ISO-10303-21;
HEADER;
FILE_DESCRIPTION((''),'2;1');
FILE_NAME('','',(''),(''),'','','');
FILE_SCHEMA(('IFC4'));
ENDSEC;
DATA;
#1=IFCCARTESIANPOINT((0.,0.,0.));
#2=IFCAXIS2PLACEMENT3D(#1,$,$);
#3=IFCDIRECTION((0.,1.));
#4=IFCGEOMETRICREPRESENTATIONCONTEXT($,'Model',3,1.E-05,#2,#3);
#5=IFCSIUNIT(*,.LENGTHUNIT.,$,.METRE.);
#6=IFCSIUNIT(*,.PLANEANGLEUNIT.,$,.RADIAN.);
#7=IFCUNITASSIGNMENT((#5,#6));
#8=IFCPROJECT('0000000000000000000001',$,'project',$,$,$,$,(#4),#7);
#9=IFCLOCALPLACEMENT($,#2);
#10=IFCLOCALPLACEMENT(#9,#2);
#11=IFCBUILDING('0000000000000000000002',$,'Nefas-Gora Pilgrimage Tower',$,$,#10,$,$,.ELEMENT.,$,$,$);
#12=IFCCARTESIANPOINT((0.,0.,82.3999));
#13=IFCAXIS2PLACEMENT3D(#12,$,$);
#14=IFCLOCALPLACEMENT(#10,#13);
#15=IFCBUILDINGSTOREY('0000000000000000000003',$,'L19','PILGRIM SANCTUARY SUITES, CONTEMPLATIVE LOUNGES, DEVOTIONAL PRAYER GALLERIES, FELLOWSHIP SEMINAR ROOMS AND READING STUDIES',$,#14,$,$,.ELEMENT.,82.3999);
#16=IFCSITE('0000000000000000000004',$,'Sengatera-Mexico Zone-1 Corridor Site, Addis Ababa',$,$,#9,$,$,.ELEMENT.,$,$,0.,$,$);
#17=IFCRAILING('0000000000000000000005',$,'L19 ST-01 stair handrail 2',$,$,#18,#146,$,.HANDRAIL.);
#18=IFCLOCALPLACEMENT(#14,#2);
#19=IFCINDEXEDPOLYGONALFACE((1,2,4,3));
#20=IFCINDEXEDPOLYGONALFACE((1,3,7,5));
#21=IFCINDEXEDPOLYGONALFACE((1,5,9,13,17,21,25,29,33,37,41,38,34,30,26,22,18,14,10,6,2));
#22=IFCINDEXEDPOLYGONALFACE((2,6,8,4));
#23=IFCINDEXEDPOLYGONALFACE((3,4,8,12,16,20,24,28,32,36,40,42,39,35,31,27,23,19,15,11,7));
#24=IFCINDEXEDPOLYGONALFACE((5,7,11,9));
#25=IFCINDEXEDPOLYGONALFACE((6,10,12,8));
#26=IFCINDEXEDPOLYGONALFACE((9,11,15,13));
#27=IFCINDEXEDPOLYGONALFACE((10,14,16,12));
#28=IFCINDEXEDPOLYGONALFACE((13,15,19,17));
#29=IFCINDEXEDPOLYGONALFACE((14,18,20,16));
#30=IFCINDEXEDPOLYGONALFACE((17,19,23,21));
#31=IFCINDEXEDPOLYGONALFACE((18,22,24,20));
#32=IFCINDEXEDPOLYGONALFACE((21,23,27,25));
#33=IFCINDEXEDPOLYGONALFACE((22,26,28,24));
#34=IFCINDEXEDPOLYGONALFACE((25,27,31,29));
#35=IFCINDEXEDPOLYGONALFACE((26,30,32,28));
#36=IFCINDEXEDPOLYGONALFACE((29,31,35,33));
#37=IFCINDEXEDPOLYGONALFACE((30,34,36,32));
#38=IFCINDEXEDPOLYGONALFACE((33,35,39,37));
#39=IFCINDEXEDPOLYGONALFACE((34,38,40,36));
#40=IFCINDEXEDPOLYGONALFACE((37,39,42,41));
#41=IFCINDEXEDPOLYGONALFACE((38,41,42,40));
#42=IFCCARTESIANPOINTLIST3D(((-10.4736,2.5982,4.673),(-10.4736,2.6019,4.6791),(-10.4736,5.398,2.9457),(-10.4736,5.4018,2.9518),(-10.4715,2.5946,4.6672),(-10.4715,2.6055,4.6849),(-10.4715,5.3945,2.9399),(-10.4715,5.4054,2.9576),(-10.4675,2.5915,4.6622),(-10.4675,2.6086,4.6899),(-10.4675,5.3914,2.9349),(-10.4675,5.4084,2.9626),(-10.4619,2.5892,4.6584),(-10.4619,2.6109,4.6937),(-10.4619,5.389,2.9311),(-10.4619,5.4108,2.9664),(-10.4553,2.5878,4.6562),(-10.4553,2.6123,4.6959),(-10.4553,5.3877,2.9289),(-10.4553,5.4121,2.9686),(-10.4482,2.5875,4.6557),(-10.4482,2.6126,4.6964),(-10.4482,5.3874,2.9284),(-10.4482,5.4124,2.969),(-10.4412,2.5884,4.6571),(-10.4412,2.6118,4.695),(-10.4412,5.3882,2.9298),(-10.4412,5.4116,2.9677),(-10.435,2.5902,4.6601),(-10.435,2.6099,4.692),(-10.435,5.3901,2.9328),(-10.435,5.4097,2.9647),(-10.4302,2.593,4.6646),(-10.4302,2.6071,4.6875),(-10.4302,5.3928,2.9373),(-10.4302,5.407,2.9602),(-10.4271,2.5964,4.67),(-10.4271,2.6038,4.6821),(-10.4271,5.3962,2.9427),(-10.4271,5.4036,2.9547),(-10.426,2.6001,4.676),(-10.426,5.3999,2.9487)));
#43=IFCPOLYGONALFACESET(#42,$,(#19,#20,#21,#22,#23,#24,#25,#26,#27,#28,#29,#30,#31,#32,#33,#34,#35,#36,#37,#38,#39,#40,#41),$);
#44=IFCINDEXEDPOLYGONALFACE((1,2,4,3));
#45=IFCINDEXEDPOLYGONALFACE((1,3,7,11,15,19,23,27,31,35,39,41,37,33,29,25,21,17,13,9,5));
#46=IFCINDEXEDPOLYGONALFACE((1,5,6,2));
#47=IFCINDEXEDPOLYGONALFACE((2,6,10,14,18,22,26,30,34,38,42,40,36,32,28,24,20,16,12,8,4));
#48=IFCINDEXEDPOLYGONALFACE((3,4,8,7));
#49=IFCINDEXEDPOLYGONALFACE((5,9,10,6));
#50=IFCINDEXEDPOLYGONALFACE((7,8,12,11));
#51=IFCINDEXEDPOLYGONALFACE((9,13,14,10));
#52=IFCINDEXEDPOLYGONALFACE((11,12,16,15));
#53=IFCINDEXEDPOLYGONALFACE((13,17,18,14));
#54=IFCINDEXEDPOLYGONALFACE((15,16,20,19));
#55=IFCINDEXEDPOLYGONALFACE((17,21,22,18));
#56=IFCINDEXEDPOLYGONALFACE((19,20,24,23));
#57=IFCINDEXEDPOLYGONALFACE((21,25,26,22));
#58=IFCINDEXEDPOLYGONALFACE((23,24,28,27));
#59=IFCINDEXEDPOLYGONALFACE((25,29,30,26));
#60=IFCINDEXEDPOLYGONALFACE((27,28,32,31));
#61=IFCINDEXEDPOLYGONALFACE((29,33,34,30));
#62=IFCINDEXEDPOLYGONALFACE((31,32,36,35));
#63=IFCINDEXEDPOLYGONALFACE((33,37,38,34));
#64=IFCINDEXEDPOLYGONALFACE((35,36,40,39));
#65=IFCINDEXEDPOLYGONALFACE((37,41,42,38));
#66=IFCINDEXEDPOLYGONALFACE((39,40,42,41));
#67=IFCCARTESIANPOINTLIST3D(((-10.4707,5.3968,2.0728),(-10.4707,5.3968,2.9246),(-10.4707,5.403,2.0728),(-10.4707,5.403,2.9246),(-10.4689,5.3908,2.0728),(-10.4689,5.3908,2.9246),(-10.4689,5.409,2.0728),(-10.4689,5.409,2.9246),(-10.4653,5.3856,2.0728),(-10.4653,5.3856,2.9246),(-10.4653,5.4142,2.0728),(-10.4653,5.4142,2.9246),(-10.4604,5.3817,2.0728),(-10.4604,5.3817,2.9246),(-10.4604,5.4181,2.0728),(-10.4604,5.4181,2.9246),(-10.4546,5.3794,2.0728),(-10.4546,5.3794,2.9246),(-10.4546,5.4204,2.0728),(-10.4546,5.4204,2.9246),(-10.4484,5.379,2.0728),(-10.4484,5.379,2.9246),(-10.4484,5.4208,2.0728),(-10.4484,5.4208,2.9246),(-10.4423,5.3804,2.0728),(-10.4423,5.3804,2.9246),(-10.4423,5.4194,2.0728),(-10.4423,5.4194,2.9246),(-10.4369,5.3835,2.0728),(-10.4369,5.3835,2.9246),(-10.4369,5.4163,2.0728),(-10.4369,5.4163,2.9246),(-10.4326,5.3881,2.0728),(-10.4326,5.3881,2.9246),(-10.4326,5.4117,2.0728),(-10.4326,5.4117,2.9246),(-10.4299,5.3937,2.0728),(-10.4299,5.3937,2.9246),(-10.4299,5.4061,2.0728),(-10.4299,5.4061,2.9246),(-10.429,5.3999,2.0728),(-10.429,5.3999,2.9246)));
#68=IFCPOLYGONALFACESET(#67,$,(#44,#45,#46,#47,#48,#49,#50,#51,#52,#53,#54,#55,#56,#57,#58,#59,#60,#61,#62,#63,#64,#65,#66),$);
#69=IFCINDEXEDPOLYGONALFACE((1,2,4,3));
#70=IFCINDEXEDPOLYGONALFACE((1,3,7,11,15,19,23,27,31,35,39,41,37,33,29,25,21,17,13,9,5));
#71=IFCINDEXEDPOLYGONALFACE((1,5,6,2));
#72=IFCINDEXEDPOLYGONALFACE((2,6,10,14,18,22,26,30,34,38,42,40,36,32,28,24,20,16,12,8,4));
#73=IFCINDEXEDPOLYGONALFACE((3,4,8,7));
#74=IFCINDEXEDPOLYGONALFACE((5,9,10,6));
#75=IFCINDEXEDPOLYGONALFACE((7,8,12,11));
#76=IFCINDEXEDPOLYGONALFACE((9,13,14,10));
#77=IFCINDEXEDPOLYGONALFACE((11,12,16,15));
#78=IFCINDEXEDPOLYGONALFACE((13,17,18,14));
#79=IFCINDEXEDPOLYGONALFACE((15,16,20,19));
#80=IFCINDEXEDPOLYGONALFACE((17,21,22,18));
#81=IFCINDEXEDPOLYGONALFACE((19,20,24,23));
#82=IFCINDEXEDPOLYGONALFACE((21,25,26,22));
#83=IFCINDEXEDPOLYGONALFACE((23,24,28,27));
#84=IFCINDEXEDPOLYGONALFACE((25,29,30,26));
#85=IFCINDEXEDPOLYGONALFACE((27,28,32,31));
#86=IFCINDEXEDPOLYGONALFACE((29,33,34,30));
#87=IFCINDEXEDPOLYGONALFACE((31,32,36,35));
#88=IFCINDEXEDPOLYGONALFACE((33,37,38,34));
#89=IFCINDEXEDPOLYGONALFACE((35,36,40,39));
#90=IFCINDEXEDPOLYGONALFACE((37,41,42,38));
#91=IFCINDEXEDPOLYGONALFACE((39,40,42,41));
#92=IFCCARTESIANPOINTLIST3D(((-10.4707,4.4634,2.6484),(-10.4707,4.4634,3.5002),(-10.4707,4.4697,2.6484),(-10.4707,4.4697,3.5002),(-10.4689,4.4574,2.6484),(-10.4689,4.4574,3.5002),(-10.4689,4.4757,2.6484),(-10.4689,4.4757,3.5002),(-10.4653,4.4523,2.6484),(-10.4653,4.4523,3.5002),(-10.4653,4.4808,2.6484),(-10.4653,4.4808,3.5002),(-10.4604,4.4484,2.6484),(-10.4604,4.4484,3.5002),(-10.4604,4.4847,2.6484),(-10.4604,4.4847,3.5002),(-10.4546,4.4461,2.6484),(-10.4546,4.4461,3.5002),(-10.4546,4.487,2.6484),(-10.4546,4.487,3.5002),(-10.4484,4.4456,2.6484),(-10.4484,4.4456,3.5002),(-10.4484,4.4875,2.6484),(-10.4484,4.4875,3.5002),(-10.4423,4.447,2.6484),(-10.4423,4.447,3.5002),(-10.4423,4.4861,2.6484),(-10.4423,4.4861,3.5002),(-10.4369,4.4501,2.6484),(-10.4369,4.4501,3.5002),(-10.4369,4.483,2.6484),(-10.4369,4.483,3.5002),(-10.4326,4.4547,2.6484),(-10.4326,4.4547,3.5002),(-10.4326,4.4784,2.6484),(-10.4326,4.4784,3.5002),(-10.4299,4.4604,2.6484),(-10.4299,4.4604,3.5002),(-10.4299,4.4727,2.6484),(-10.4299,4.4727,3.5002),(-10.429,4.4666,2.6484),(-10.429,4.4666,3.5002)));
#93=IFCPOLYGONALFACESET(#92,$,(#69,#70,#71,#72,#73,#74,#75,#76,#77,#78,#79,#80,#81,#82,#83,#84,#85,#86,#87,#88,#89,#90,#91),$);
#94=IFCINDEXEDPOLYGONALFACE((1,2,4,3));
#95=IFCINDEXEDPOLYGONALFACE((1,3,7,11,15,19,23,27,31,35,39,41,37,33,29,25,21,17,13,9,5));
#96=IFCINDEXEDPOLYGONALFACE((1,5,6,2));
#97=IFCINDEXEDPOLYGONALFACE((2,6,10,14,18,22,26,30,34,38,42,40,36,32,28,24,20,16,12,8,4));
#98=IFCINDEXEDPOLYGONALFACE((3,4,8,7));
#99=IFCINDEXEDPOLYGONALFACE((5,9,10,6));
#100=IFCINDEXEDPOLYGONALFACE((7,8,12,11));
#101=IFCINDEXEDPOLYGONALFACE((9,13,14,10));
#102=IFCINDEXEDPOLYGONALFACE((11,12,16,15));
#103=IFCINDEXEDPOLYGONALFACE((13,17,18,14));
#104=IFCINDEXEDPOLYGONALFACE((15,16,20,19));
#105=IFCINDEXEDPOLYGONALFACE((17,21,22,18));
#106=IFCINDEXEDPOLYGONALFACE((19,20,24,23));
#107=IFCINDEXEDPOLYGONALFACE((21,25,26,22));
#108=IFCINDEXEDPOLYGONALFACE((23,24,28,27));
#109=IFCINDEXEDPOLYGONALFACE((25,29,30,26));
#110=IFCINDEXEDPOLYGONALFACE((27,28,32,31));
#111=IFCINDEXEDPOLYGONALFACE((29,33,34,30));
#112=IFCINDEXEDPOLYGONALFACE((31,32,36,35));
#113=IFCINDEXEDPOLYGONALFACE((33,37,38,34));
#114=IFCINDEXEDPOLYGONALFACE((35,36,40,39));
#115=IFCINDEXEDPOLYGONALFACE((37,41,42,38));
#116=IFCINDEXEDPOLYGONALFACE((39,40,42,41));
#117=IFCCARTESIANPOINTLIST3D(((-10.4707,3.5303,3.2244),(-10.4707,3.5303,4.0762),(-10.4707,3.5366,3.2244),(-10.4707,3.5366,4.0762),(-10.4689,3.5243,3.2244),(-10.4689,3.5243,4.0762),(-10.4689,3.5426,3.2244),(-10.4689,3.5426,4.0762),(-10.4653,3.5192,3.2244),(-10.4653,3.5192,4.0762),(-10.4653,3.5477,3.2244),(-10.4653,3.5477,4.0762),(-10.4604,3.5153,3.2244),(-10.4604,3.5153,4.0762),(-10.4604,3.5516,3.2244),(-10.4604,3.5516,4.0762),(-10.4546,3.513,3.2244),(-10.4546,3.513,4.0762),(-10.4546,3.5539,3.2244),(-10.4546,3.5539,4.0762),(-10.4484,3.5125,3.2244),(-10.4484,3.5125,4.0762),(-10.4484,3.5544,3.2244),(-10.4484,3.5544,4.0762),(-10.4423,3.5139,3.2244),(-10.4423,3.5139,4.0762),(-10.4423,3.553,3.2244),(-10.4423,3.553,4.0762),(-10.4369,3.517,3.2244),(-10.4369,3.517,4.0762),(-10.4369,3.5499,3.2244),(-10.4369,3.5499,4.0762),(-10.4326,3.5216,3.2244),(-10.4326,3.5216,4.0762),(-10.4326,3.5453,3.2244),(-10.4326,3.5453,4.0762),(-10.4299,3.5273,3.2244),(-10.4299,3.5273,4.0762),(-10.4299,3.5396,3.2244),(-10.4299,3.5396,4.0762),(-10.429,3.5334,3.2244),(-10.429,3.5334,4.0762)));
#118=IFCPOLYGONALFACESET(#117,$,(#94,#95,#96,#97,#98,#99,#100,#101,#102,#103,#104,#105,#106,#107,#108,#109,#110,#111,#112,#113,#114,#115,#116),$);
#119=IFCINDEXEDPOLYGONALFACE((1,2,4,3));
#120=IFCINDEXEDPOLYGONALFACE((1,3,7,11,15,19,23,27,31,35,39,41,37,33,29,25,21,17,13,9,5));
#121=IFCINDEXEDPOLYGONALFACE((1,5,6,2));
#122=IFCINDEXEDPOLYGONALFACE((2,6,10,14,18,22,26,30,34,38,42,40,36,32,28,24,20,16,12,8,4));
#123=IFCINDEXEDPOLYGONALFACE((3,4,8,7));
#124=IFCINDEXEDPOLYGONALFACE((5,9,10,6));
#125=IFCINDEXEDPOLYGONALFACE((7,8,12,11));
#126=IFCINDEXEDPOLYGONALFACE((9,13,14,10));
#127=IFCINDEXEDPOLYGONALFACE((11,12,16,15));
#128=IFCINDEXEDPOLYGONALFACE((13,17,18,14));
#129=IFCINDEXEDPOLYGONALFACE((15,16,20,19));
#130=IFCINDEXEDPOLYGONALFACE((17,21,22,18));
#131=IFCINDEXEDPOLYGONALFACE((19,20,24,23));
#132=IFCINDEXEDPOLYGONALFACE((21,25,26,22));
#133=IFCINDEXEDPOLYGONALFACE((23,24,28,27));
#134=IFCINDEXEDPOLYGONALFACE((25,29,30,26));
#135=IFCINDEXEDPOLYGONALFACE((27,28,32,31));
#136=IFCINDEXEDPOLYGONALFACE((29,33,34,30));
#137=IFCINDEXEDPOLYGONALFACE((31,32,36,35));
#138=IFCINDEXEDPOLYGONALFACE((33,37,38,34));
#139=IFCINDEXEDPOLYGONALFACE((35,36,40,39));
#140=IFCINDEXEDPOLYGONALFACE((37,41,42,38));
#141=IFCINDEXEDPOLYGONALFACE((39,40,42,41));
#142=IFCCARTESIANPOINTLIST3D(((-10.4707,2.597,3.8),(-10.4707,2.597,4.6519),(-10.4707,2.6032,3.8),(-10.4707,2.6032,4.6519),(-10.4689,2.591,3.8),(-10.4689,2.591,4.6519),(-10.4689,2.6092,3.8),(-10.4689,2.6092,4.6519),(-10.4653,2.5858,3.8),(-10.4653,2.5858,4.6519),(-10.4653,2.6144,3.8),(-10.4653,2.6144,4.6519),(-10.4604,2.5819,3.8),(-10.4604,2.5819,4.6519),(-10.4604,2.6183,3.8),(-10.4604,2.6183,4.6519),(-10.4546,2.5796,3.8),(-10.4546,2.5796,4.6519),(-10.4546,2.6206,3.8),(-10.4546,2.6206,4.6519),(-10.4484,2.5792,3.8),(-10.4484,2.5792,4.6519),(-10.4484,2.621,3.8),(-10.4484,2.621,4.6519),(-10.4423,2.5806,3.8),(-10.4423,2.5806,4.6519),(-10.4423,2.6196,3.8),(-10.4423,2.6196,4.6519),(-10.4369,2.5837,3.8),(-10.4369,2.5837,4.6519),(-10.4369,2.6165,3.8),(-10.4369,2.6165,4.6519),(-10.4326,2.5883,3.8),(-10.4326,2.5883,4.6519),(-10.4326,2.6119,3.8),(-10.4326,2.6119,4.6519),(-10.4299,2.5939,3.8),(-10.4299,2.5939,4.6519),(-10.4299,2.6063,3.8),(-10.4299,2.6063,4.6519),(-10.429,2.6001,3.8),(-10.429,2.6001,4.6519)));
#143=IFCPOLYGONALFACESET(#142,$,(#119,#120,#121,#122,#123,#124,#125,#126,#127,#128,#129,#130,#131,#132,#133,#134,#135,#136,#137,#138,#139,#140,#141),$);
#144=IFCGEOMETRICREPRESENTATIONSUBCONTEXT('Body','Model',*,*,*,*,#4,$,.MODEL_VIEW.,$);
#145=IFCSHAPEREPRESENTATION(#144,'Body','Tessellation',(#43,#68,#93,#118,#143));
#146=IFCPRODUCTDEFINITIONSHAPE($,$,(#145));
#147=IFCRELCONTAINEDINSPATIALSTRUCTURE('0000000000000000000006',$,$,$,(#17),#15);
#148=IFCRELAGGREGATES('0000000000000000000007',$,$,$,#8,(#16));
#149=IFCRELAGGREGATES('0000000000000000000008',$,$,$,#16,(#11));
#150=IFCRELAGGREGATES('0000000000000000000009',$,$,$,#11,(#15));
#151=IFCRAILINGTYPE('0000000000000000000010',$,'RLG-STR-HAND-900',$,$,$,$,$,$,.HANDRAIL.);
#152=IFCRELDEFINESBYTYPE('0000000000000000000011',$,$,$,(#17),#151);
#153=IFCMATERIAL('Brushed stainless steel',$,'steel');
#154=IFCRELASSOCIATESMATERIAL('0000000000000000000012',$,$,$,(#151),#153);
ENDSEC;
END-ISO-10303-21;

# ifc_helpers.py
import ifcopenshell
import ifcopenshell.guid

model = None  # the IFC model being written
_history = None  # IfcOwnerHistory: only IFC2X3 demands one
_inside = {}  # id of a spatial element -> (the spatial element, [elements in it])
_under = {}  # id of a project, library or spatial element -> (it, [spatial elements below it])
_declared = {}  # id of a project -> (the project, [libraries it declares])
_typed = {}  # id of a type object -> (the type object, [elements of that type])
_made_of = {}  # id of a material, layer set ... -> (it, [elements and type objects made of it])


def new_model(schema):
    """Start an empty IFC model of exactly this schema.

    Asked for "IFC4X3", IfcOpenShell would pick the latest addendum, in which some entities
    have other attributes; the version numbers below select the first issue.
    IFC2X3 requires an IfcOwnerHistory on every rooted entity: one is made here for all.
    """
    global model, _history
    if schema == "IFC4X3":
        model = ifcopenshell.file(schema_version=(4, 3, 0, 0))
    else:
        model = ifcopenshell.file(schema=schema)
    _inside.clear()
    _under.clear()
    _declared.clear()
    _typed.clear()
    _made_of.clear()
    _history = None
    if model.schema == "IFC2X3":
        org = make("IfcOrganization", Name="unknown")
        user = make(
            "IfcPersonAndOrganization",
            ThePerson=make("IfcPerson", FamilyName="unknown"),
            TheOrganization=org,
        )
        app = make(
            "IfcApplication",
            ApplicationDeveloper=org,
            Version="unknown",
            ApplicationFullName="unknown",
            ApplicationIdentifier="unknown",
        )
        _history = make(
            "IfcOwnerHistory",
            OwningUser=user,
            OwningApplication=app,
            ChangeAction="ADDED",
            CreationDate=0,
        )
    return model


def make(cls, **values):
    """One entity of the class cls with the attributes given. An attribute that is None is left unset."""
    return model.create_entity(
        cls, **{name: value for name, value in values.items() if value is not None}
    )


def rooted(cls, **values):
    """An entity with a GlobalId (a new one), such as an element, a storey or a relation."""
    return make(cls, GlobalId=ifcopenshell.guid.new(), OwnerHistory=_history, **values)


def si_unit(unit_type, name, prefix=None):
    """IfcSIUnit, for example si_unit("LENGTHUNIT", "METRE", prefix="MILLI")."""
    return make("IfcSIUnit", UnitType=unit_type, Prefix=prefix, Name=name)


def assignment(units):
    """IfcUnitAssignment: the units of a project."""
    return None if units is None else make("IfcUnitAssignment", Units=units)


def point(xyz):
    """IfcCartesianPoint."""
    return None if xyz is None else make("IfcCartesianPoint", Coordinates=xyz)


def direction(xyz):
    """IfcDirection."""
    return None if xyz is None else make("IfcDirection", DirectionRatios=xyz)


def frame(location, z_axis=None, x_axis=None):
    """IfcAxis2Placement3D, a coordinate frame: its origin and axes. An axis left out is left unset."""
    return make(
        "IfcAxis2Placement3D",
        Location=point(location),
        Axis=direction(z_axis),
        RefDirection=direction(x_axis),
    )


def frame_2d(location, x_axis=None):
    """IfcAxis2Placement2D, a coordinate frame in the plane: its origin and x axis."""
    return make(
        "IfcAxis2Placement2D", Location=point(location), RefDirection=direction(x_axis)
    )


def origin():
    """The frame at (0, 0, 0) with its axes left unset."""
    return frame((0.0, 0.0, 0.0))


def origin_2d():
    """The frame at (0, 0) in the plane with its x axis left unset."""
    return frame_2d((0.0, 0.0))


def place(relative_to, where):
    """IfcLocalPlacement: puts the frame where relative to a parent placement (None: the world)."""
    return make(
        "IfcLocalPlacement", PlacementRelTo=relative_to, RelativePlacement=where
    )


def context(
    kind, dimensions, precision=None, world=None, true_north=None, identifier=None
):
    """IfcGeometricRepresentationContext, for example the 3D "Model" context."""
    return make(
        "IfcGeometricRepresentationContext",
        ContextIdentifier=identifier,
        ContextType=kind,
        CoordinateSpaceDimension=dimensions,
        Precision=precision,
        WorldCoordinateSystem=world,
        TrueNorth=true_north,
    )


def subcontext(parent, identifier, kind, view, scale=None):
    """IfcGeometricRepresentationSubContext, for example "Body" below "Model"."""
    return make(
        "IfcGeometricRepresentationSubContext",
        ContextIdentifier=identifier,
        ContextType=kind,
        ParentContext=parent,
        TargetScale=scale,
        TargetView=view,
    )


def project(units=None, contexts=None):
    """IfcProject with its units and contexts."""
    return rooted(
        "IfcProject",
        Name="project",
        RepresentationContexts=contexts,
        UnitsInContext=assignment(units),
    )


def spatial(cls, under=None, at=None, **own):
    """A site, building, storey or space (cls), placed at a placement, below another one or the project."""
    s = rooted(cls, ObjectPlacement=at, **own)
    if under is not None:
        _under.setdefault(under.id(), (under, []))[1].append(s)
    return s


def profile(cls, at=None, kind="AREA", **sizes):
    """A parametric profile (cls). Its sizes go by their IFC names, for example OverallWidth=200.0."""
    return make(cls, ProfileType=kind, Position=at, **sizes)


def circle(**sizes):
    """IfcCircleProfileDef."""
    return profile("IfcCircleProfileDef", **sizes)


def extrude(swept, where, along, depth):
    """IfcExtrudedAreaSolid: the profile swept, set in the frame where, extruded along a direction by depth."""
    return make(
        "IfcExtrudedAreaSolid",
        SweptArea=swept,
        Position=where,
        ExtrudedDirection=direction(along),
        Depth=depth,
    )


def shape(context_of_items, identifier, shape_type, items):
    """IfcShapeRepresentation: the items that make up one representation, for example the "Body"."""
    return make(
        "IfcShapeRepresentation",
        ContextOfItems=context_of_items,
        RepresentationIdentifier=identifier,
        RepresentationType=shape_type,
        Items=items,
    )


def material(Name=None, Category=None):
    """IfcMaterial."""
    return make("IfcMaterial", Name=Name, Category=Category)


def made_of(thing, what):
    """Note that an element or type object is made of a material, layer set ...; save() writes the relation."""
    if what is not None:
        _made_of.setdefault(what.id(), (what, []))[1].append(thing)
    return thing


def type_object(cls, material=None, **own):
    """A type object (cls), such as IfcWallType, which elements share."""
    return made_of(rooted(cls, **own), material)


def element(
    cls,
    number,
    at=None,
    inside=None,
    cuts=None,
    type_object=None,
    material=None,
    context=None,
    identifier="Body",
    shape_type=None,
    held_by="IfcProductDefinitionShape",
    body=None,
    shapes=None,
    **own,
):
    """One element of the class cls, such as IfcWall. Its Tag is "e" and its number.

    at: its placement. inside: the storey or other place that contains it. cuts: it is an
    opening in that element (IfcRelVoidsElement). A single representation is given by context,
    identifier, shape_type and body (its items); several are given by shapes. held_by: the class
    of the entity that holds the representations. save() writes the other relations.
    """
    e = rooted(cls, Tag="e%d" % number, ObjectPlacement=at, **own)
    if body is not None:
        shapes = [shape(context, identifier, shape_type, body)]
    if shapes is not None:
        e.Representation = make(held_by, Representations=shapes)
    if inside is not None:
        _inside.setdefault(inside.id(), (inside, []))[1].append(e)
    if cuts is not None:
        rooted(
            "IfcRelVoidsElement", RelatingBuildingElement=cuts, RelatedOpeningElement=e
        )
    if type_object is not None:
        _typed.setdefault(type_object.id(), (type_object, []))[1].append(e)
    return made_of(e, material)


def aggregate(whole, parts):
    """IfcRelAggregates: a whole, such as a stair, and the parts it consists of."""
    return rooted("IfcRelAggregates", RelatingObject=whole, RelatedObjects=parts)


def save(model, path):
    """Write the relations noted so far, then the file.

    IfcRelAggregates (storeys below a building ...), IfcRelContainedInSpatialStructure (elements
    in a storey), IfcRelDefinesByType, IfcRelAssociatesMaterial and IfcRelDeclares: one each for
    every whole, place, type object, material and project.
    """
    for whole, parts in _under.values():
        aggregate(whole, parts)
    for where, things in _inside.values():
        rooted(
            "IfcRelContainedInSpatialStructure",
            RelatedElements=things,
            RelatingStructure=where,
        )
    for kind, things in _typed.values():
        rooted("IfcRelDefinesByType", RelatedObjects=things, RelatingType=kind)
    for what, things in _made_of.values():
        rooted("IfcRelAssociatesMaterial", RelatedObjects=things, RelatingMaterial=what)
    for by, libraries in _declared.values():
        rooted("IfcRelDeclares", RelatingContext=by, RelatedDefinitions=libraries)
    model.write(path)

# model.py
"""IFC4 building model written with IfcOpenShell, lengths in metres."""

from ifc_helpers import new_model, si_unit, direction, frame, origin, origin_2d, place, context, subcontext, project, spatial, circle, extrude, material, type_object, element, save


model = new_model("IFC4")

# Units and contexts
model_context = context("Model", 3, precision=1e-05, world=origin(), true_north=direction((0.0, 1.0)))
body_context = subcontext(model_context, "Body", "Model", "MODEL_VIEW")
ifc_project = project(units=[si_unit("LENGTHUNIT", "METRE"), si_unit("PLANEANGLEUNIT", "RADIAN")], contexts=[model_context])

# Site, building, storey
site_placement = place(None, origin())
site = spatial("IfcSite", under=ifc_project, at=site_placement, Name="Sengatera-Mexico Zone-1 Corridor Site, Addis Ababa", CompositionType="ELEMENT", RefElevation=0.0)
building_placement = place(site_placement, origin())
building = spatial("IfcBuilding", under=site, at=building_placement, Name="Nefas-Gora Pilgrimage Tower", CompositionType="ELEMENT")
storey_placement = place(building_placement, frame((0.0, 0.0, 82.3999)))
storey = spatial("IfcBuildingStorey", under=building, at=storey_placement, Name="L19", Description="PILGRIM SANCTUARY SUITES, CONTEMPLATIVE LOUNGES, DEVOTIONAL PRAYER GALLERIES, FELLOWSHIP SEMINAR ROOMS AND READING STUDIES", CompositionType="ELEMENT", Elevation=82.3999)

# Railing
ifc_material_1 = material(Name="Brushed stainless steel", Category="steel")
railing_type_1 = type_object("IfcRailingType", Name="RLG-STR-HAND-900", PredefinedType="HANDRAIL", material=ifc_material_1)
railing_1_placement = place(storey_placement, frame((-10.45, 5.3999, 2.0728)))
element("IfcRailing", 1, at=railing_1_placement, inside=storey, type_object=railing_type_1, Name="L19 ST-01 stair handrail 2", PredefinedType="HANDRAIL", context=body_context, shape_type="SweptSolid", body=[
    extrude(circle(Radius=0.0239, at=origin_2d()), frame((0.0, 0.0, 0.876), z_axis=(0.0, -0.851069, 0.525054), x_axis=(1.0, 0.0, 0.0)), (0.0, 0.0, 1.0), 3.2898),
    extrude(circle(Radius=0.021, at=origin_2d()), origin(), (0.0, 0.0, 1.0), 0.8518),
    extrude(circle(Radius=0.021, at=origin_2d()), frame((0.0, -0.9333, 0.5757)), (0.0, 0.0, 1.0), 0.8518),
    extrude(circle(Radius=0.021, at=origin_2d()), frame((0.0, -1.8665, 1.1516)), (0.0, 0.0, 1.0), 0.8518),
    extrude(circle(Radius=0.021, at=origin_2d()), frame((0.0, -2.7998, 1.7273)), (0.0, 0.0, 1.0), 0.8518),
])

save(model, "model.ifc")
